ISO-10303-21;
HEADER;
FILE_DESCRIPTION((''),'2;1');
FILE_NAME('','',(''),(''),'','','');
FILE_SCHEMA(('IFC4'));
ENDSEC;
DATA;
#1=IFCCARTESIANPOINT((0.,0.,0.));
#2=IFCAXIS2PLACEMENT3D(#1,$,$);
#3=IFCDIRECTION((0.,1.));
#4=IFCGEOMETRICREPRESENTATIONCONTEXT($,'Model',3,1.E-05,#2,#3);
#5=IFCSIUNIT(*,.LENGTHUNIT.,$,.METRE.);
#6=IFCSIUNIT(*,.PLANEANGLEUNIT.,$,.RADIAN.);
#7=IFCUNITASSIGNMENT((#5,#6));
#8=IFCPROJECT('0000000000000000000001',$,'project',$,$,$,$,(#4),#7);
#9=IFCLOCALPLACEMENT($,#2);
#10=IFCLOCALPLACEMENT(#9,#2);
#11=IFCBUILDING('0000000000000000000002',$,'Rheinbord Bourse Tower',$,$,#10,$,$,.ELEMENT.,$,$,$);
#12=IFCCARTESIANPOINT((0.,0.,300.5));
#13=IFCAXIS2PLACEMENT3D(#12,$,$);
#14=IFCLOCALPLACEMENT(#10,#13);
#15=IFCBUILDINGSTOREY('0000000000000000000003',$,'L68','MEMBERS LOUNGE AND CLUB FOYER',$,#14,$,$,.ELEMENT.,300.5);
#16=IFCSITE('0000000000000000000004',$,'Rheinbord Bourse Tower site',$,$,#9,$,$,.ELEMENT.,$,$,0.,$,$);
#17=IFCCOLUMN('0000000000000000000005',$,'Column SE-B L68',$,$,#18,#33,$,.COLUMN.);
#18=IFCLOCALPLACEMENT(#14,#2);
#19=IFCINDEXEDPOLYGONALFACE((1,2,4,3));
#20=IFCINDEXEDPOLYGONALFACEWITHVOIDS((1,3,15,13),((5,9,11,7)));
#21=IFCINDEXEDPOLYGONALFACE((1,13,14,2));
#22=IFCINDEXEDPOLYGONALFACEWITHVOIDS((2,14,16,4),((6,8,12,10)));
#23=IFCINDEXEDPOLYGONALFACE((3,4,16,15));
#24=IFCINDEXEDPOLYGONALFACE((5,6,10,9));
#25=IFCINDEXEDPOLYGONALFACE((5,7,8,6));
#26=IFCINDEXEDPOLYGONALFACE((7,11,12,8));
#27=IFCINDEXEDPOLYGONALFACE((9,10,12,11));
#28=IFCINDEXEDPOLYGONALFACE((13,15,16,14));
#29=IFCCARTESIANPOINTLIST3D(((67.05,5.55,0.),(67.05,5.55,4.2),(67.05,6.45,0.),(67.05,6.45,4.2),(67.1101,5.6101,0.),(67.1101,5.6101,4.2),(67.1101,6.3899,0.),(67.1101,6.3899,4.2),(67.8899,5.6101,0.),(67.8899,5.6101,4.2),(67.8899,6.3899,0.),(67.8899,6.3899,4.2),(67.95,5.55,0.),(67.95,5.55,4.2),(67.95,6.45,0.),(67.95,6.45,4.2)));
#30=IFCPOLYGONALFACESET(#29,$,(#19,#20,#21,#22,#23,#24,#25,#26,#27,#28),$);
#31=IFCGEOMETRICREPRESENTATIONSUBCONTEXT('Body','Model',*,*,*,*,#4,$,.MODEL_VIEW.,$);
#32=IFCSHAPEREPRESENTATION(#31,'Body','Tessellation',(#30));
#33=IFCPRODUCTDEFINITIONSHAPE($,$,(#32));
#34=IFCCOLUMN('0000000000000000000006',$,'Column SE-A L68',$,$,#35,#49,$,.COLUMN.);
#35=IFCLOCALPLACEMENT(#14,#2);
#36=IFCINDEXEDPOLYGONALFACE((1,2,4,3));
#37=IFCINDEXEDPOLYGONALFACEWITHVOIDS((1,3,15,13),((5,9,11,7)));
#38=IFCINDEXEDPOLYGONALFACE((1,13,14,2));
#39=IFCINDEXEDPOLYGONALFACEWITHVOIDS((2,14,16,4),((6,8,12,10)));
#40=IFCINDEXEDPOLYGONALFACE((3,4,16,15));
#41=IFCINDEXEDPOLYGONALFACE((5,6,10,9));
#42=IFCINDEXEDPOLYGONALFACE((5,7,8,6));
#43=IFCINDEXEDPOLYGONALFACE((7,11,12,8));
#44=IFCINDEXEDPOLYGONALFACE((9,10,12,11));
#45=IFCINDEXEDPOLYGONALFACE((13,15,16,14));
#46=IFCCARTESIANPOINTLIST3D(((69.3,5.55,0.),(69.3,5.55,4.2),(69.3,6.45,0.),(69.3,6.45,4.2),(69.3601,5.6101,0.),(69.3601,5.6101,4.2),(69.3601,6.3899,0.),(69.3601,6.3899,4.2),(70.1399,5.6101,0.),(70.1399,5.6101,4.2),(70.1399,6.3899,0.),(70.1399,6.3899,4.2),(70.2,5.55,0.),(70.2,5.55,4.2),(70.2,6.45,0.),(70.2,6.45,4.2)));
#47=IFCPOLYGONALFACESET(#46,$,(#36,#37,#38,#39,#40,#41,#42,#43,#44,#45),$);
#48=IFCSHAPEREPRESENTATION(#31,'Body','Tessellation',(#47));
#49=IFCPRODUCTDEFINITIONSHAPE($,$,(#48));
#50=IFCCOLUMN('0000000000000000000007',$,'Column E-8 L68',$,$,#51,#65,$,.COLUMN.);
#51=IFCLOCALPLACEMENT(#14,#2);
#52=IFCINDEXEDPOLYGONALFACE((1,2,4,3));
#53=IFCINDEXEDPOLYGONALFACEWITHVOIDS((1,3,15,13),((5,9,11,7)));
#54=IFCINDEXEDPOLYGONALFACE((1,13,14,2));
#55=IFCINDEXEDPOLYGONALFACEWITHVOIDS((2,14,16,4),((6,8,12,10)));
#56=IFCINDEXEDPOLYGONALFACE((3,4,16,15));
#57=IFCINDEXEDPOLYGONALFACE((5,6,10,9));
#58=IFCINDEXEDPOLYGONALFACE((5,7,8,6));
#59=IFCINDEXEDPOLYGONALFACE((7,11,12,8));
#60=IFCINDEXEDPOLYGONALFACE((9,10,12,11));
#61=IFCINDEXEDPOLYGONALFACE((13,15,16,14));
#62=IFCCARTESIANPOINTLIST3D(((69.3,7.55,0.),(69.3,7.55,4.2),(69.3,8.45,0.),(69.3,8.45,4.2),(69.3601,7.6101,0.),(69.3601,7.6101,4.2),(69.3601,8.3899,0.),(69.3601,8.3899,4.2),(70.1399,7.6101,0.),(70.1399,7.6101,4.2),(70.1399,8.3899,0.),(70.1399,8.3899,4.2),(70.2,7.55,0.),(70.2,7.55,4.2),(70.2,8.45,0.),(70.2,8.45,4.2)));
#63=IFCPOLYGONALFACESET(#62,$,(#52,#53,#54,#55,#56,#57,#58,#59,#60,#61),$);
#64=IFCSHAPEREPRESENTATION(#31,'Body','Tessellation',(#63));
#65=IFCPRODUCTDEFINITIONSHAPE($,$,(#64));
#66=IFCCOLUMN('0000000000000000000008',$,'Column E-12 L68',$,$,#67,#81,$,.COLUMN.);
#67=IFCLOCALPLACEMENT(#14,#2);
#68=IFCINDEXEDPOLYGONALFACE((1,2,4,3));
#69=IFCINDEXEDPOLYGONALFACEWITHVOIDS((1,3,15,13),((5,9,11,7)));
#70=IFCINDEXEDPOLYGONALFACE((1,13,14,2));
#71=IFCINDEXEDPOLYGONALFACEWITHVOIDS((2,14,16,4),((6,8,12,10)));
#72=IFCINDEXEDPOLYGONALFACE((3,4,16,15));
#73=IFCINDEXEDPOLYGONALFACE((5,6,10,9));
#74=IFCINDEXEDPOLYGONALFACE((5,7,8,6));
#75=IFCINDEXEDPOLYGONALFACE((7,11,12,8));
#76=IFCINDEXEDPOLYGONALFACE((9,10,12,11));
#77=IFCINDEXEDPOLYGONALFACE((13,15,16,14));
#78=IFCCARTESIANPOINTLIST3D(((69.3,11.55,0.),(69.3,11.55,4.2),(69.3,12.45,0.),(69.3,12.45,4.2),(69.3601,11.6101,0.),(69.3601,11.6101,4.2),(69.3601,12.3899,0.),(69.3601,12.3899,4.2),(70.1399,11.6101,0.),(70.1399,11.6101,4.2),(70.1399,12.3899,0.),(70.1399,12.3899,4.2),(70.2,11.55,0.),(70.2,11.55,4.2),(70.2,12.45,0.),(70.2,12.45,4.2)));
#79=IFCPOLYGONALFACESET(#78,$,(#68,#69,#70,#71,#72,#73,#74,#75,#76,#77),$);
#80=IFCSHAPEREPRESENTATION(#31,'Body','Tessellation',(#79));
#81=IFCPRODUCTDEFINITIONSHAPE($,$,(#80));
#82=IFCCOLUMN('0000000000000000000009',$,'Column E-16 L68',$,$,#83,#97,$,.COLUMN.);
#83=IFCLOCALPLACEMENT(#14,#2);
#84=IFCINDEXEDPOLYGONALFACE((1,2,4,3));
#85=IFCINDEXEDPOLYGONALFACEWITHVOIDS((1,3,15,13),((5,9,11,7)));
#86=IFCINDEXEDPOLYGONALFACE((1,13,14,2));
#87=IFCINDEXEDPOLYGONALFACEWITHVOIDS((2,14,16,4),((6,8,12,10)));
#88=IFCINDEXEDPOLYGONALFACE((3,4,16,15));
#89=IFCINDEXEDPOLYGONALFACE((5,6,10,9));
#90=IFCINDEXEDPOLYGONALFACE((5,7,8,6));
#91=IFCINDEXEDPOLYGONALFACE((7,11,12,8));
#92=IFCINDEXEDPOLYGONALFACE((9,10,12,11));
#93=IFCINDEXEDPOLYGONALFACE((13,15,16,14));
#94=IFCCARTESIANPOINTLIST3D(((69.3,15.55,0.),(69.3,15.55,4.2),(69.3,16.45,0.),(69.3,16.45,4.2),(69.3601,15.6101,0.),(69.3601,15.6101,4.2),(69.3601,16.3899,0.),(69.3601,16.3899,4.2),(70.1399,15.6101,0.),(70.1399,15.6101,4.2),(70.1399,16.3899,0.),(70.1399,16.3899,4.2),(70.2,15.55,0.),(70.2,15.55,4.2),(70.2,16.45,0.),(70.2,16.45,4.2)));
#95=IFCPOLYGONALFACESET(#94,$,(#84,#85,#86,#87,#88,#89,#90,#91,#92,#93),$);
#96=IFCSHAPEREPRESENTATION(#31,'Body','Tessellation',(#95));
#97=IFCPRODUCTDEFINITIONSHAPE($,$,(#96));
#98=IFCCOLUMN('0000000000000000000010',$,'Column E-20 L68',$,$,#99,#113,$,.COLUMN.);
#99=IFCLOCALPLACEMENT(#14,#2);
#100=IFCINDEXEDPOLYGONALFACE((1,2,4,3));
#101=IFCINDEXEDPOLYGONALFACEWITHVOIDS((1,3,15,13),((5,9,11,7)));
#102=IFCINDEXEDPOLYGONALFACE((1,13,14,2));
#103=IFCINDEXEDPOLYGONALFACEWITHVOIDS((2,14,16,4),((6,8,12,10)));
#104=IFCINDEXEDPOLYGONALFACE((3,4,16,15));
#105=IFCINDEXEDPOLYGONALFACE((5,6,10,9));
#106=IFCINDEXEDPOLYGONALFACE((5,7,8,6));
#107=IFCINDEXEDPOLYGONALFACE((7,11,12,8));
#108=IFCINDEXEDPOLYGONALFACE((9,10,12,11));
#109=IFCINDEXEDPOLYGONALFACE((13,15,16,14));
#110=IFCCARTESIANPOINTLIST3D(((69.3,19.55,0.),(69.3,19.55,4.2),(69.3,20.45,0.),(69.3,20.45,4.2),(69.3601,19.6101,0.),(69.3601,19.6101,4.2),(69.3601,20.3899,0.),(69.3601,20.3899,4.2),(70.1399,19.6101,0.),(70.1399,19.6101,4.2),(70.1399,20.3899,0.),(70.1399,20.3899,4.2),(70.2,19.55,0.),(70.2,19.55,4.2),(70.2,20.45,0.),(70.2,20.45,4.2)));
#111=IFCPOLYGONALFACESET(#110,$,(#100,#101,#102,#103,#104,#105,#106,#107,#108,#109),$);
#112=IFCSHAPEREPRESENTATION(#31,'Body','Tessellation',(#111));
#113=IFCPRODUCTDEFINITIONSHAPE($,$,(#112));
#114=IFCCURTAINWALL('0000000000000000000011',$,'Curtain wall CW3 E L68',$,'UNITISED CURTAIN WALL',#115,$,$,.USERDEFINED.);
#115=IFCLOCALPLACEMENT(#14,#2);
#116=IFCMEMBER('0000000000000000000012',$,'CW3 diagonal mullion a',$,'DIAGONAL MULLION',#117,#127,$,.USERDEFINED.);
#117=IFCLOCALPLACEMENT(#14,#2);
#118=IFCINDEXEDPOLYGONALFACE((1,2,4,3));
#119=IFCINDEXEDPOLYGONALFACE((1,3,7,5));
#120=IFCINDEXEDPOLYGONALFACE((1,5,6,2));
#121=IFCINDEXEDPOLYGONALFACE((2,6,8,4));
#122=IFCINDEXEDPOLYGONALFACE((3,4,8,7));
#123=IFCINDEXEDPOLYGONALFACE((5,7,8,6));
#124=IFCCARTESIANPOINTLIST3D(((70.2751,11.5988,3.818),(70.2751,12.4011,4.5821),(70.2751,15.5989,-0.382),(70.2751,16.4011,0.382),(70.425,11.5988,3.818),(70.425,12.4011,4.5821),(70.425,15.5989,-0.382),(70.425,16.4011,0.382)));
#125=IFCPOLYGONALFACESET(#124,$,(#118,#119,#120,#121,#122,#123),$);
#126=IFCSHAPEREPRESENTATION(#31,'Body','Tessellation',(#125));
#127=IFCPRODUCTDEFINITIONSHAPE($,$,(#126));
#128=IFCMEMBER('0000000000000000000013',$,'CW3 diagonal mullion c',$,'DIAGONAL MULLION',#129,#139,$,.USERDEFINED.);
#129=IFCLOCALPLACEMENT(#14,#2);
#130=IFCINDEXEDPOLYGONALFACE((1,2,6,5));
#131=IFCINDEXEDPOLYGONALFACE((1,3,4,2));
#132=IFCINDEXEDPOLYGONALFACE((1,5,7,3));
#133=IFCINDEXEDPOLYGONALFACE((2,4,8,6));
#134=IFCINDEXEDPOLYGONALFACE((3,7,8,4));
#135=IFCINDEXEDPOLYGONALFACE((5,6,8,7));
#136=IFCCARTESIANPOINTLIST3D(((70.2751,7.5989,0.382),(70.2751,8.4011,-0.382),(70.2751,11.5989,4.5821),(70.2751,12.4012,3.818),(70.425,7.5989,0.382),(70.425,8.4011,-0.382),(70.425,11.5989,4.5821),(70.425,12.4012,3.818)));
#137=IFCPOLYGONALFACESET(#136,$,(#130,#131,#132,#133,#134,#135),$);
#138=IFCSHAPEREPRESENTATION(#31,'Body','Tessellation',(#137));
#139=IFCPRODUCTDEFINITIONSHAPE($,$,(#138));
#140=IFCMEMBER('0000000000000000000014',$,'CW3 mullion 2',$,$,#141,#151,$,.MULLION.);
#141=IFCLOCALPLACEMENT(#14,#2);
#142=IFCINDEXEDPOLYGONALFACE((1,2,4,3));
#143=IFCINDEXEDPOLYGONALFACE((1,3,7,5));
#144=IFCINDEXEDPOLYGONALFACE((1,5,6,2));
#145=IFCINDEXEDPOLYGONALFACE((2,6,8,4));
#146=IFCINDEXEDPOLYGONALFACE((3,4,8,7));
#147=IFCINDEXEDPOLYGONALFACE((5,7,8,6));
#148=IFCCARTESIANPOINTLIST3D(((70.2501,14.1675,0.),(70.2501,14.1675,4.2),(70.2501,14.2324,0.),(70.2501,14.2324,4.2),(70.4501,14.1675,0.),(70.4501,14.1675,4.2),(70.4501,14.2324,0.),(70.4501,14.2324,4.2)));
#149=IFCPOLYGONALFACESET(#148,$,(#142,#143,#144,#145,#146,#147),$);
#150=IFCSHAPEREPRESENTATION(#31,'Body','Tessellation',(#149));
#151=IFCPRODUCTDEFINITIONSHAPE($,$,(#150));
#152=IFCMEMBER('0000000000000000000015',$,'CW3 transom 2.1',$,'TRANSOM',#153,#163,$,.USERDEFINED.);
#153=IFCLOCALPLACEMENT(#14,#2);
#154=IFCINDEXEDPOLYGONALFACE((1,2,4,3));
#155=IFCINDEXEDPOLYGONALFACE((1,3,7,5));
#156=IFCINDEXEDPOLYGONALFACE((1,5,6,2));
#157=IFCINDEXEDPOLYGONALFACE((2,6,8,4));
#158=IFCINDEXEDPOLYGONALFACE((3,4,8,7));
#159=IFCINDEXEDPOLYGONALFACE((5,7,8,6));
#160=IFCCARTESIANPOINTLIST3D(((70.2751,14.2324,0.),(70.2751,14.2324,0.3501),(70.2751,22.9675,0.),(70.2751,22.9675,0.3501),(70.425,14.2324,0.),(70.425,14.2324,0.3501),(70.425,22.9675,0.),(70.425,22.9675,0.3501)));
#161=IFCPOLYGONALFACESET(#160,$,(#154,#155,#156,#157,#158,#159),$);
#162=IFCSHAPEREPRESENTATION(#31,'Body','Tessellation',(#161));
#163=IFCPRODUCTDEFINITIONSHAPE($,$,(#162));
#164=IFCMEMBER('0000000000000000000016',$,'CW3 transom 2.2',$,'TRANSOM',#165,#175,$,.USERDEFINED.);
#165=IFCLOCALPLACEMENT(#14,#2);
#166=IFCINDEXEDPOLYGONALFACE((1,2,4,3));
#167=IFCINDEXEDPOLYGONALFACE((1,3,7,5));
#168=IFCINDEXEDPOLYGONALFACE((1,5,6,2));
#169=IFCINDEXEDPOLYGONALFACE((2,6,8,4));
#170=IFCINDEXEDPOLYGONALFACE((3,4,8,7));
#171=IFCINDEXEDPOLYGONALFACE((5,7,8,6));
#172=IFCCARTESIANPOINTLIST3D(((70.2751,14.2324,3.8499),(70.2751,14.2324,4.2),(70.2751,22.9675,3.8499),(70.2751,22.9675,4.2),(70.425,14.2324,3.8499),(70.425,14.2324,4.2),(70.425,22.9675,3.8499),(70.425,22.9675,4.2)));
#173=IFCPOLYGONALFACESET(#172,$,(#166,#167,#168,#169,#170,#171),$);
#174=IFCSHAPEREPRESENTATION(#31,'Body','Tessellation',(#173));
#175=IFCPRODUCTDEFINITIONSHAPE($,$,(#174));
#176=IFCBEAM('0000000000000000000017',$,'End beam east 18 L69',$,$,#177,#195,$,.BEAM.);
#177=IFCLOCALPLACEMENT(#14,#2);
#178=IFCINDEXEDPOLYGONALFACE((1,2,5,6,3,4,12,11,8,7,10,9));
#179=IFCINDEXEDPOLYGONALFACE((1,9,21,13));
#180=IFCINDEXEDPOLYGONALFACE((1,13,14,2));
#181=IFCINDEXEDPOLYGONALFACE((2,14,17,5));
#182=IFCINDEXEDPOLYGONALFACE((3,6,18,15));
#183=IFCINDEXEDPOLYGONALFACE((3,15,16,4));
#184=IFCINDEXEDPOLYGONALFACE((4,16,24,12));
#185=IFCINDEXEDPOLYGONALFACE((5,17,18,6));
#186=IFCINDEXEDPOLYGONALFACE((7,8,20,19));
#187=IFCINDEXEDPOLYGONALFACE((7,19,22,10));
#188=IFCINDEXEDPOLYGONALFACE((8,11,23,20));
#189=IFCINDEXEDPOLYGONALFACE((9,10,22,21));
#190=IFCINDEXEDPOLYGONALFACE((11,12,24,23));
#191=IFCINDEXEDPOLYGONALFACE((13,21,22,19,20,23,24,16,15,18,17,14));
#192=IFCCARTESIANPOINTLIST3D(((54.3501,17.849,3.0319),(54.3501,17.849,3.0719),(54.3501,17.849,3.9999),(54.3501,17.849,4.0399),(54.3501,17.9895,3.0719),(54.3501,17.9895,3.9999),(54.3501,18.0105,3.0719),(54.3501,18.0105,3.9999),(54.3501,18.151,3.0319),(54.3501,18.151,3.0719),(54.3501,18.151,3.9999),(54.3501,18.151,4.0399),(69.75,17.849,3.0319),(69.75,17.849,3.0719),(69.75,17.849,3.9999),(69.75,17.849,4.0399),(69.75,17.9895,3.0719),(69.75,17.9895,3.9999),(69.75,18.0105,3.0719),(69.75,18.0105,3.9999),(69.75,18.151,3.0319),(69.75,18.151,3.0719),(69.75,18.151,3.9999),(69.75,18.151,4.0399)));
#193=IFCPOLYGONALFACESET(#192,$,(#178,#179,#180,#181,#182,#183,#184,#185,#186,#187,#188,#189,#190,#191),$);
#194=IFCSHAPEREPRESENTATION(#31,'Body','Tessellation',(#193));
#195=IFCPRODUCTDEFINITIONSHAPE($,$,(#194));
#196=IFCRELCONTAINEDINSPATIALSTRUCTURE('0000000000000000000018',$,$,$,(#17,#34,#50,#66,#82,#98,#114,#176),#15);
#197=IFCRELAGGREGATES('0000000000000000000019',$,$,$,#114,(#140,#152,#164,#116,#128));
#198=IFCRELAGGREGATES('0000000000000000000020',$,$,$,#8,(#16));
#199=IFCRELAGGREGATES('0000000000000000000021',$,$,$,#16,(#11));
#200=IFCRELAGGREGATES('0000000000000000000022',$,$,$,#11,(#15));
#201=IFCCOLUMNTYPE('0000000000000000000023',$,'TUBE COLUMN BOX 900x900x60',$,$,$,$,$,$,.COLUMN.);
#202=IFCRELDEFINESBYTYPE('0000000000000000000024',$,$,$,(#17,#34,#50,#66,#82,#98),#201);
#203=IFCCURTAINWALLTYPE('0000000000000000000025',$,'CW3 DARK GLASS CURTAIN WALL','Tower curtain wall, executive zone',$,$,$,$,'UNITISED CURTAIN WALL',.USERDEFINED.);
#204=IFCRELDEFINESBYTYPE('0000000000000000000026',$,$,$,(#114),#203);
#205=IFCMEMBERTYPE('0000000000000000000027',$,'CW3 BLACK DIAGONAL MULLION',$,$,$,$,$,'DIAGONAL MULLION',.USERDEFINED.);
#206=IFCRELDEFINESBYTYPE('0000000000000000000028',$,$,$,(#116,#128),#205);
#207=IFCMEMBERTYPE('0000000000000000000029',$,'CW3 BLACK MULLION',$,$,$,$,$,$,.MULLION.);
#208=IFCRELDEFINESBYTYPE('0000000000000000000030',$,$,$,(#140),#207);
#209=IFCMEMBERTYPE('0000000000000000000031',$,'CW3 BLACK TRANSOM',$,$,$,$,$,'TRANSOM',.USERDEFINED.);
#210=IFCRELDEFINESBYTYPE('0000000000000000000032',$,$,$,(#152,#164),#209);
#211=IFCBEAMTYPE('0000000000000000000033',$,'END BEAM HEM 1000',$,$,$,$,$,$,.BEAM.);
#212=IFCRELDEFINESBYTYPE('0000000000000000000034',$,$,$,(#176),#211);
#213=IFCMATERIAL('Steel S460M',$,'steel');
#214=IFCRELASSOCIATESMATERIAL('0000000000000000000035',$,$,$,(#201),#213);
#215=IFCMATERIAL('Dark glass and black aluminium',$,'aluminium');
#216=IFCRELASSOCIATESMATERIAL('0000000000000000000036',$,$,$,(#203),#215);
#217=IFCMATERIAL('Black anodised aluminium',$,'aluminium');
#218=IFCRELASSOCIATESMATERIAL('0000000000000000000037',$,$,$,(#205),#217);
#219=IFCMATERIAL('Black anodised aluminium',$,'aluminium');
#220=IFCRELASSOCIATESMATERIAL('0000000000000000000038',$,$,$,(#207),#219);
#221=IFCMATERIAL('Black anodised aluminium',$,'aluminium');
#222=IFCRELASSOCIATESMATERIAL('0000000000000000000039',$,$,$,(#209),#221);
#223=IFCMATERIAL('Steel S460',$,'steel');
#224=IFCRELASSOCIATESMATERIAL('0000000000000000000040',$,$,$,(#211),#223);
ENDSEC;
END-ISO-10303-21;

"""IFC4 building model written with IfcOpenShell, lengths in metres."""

from ifc_helpers import new_model, si_unit, direction, frame, origin, origin_2d, place, context, subcontext, project, spatial, rectangle, hollow_rectangle, i_section, extrude, material, material_profile, profile_set, type_object, element, aggregate, save


model = new_model("IFC4")

# Units and contexts
model_context = context("Model", 3, precision=1e-05, world=origin(), true_north=direction((0.0, 1.0)))
body_context = subcontext(model_context, "Body", "Model", "MODEL_VIEW")
ifc_project = project(units=[si_unit("LENGTHUNIT", "METRE"), si_unit("PLANEANGLEUNIT", "RADIAN")], contexts=[model_context])

# Site, building, storey
site_placement = place(None, origin())
site = spatial("IfcSite", under=ifc_project, at=site_placement, Name="Rheinbord Bourse Tower site", CompositionType="ELEMENT", RefElevation=0.0)
building_placement = place(site_placement, origin())
building = spatial("IfcBuilding", under=site, at=building_placement, Name="Rheinbord Bourse Tower", CompositionType="ELEMENT")
storey_placement = place(building_placement, frame((0.0, 0.0, 300.5)))
storey = spatial("IfcBuildingStorey", under=building, at=storey_placement, Name="L68", Description="MEMBERS LOUNGE AND CLUB FOYER", CompositionType="ELEMENT", Elevation=300.5)

# Columns
ifc_material_1 = material(Name="Steel S460M", Category="steel")
ifc_material_profile_1 = material_profile(ifc_material_1, hollow_rectangle(XDim=0.8999, YDim=0.8999, WallThickness=0.0601, at=origin_2d()), Name="BOX 900x900x60")
ifc_profile_set_1 = profile_set([ifc_material_profile_1], Name="Steel S460M")
column_type = type_object("IfcColumnType", Name="TUBE COLUMN BOX 900x900x60", PredefinedType="COLUMN", material=ifc_profile_set_1)
for number, where, z_axis, x_axis, name in (
    (1, (67.5, 6.0, 0.0), (0.0, 0.0, 1.0), (1.0, 0.0, 0.0), "Column SE-B L68"),
    (2, (69.75, 6.0, 0.0), (0.0, 0.0, 1.0), (1.0, 0.0, 0.0), "Column SE-A L68"),
    (3, (69.75, 8.0, 0.0), (0.0, 0.0, 1.0), (1.0, 0.0, 0.0), "Column E-8 L68"),
    (4, (69.75, 12.0, 0.0), (0.0, 0.0, 1.0), (1.0, 0.0, 0.0), "Column E-12 L68"),
    (5, (69.75, 16.0, 0.0), (0.0, 0.0, 1.0), (1.0, 0.0, 0.0), "Column E-16 L68"),
    (6, (69.75, 20.0, 0.0), (0.0, 0.0, 1.0), (1.0, 0.0, 0.0), "Column E-20 L68"),
):
    element("IfcColumn", number, at=place(storey_placement, frame(where, z_axis=z_axis, x_axis=x_axis)), inside=storey, type_object=column_type, Name=name, PredefinedType="COLUMN", context=body_context, shape_type="SweptSolid", body=[
        extrude(hollow_rectangle(XDim=0.8999, YDim=0.8999, WallThickness=0.0601, at=origin_2d()), origin(), (0.0, 0.0, 1.0), 4.2),
    ])

# Curtain wall, members
ifc_material_2 = material(Name="Dark glass and black aluminium", Category="aluminium")
curtain_wall_type = type_object("IfcCurtainWallType", Name="CW3 DARK GLASS CURTAIN WALL", Description="Tower curtain wall, executive zone", ElementType="UNITISED CURTAIN WALL", PredefinedType="USERDEFINED", material=ifc_material_2)
curtain_wall_placement = place(storey_placement, origin())
curtain_wall = element("IfcCurtainWall", 7, at=curtain_wall_placement, inside=storey, type_object=curtain_wall_type, Name="Curtain wall CW3 E L68", ObjectType="UNITISED CURTAIN WALL", PredefinedType="USERDEFINED")
ifc_material_3 = material(Name="Black anodised aluminium", Category="aluminium")
ifc_material_profile_2 = material_profile(ifc_material_3, rectangle(XDim=0.1499, YDim=1.1079, at=origin_2d()), Name="CW3 DIAGONAL MULLION 1108x150")
ifc_profile_set_2 = profile_set([ifc_material_profile_2], Name="Black anodised aluminium")
member_type_1 = type_object("IfcMemberType", Name="CW3 BLACK DIAGONAL MULLION", ElementType="DIAGONAL MULLION", PredefinedType="USERDEFINED", material=ifc_profile_set_2)
member_1_placement = place(storey_placement, frame((70.3501, 16.0, 0.0), z_axis=(0.0, -0.689659, 0.724134), x_axis=(1.0, 0.0, 0.0)))
member_1 = element("IfcMember", 8, at=member_1_placement, type_object=member_type_1, Name="CW3 diagonal mullion a", ObjectType="DIAGONAL MULLION", PredefinedType="USERDEFINED", context=body_context, shape_type="SweptSolid", body=[
    extrude(rectangle(XDim=0.1499, YDim=1.1079, at=origin_2d()), origin(), (0.0, 0.0, 1.0), 5.8),
])
member_2_placement = place(storey_placement, frame((70.3501, 8.0, 0.0), z_axis=(0.0, 0.689659, 0.724134), x_axis=(-1.0, 0.0, 0.0)))
member_2 = element("IfcMember", 9, at=member_2_placement, type_object=member_type_1, Name="CW3 diagonal mullion c", ObjectType="DIAGONAL MULLION", PredefinedType="USERDEFINED", context=body_context, shape_type="SweptSolid", body=[
    extrude(rectangle(XDim=0.1499, YDim=1.1079, at=origin_2d()), origin(), (0.0, 0.0, 1.0), 5.8),
])
ifc_material_4 = material(Name="Black anodised aluminium", Category="aluminium")
ifc_material_profile_3 = material_profile(ifc_material_4, rectangle(XDim=0.2, YDim=0.0649, at=origin_2d()), Name="CW3 MULLION 65x200")
ifc_profile_set_3 = profile_set([ifc_material_profile_3], Name="Black anodised aluminium")
member_type_2 = type_object("IfcMemberType", Name="CW3 BLACK MULLION", PredefinedType="MULLION", material=ifc_profile_set_3)
member_3_placement = place(storey_placement, frame((70.3501, 14.2, 0.0), z_axis=(0.0, 0.0, 1.0), x_axis=(-1.0, 0.0, 0.0)))
member_3 = element("IfcMember", 10, at=member_3_placement, type_object=member_type_2, Name="CW3 mullion 2", PredefinedType="MULLION", context=body_context, shape_type="SweptSolid", body=[
    extrude(rectangle(XDim=0.2, YDim=0.0649, at=origin_2d()), origin(), (0.0, 0.0, 1.0), 4.2),
])
ifc_material_5 = material(Name="Black anodised aluminium", Category="aluminium")
ifc_material_profile_4 = material_profile(ifc_material_5, rectangle(XDim=0.1499, YDim=0.3501, at=origin_2d()), Name="CW3 TRANSOM 350x150")
ifc_profile_set_4 = profile_set([ifc_material_profile_4], Name="Black anodised aluminium")
member_type_3 = type_object("IfcMemberType", Name="CW3 BLACK TRANSOM", ElementType="TRANSOM", PredefinedType="USERDEFINED", material=ifc_profile_set_4)
member_4_placement = place(storey_placement, frame((70.3501, 14.2324, 0.175), z_axis=(0.0, 1.0, 0.0), x_axis=(-1.0, 0.0, 0.0)))
member_4 = element("IfcMember", 11, at=member_4_placement, type_object=member_type_3, Name="CW3 transom 2.1", ObjectType="TRANSOM", PredefinedType="USERDEFINED", context=body_context, shape_type="SweptSolid", body=[
    extrude(rectangle(XDim=0.1499, YDim=0.3501, at=origin_2d()), origin(), (0.0, 0.0, 1.0), 8.7351),
])
member_5_placement = place(storey_placement, frame((70.3501, 14.2324, 4.0249), z_axis=(0.0, 1.0, 0.0), x_axis=(-1.0, 0.0, 0.0)))
member_5 = element("IfcMember", 12, at=member_5_placement, type_object=member_type_3, Name="CW3 transom 2.2", ObjectType="TRANSOM", PredefinedType="USERDEFINED", context=body_context, shape_type="SweptSolid", body=[
    extrude(rectangle(XDim=0.1499, YDim=0.3501, at=origin_2d()), origin(), (0.0, 0.0, 1.0), 8.7351),
])

# Beam
ifc_material_6 = material(Name="Steel S460", Category="steel")
ifc_material_profile_5 = material_profile(ifc_material_6, i_section(OverallWidth=0.302, OverallDepth=1.0081, WebThickness=0.021, FlangeThickness=0.04, at=origin_2d()), Name="HEM 1000")
ifc_profile_set_5 = profile_set([ifc_material_profile_5], Name="Steel S460")
beam_type_1 = type_object("IfcBeamType", Name="END BEAM HEM 1000", PredefinedType="BEAM", material=ifc_profile_set_5)
beam_1_placement = place(storey_placement, frame((54.3501, 18.0, 3.5359), z_axis=(1.0, 0.0, 0.0), x_axis=(0.0, 1.0, 0.0)))
element("IfcBeam", 13, at=beam_1_placement, inside=storey, type_object=beam_type_1, Name="End beam east 18 L69", PredefinedType="BEAM", context=body_context, shape_type="SweptSolid", body=[
    extrude(i_section(OverallWidth=0.302, OverallDepth=1.0081, WebThickness=0.021, FlangeThickness=0.04, at=origin_2d()), origin(), (0.0, 0.0, 1.0), 15.3999),
])

aggregate(curtain_wall, [member_3, member_4, member_5, member_1, member_2])

save(model, "model.ifc")
